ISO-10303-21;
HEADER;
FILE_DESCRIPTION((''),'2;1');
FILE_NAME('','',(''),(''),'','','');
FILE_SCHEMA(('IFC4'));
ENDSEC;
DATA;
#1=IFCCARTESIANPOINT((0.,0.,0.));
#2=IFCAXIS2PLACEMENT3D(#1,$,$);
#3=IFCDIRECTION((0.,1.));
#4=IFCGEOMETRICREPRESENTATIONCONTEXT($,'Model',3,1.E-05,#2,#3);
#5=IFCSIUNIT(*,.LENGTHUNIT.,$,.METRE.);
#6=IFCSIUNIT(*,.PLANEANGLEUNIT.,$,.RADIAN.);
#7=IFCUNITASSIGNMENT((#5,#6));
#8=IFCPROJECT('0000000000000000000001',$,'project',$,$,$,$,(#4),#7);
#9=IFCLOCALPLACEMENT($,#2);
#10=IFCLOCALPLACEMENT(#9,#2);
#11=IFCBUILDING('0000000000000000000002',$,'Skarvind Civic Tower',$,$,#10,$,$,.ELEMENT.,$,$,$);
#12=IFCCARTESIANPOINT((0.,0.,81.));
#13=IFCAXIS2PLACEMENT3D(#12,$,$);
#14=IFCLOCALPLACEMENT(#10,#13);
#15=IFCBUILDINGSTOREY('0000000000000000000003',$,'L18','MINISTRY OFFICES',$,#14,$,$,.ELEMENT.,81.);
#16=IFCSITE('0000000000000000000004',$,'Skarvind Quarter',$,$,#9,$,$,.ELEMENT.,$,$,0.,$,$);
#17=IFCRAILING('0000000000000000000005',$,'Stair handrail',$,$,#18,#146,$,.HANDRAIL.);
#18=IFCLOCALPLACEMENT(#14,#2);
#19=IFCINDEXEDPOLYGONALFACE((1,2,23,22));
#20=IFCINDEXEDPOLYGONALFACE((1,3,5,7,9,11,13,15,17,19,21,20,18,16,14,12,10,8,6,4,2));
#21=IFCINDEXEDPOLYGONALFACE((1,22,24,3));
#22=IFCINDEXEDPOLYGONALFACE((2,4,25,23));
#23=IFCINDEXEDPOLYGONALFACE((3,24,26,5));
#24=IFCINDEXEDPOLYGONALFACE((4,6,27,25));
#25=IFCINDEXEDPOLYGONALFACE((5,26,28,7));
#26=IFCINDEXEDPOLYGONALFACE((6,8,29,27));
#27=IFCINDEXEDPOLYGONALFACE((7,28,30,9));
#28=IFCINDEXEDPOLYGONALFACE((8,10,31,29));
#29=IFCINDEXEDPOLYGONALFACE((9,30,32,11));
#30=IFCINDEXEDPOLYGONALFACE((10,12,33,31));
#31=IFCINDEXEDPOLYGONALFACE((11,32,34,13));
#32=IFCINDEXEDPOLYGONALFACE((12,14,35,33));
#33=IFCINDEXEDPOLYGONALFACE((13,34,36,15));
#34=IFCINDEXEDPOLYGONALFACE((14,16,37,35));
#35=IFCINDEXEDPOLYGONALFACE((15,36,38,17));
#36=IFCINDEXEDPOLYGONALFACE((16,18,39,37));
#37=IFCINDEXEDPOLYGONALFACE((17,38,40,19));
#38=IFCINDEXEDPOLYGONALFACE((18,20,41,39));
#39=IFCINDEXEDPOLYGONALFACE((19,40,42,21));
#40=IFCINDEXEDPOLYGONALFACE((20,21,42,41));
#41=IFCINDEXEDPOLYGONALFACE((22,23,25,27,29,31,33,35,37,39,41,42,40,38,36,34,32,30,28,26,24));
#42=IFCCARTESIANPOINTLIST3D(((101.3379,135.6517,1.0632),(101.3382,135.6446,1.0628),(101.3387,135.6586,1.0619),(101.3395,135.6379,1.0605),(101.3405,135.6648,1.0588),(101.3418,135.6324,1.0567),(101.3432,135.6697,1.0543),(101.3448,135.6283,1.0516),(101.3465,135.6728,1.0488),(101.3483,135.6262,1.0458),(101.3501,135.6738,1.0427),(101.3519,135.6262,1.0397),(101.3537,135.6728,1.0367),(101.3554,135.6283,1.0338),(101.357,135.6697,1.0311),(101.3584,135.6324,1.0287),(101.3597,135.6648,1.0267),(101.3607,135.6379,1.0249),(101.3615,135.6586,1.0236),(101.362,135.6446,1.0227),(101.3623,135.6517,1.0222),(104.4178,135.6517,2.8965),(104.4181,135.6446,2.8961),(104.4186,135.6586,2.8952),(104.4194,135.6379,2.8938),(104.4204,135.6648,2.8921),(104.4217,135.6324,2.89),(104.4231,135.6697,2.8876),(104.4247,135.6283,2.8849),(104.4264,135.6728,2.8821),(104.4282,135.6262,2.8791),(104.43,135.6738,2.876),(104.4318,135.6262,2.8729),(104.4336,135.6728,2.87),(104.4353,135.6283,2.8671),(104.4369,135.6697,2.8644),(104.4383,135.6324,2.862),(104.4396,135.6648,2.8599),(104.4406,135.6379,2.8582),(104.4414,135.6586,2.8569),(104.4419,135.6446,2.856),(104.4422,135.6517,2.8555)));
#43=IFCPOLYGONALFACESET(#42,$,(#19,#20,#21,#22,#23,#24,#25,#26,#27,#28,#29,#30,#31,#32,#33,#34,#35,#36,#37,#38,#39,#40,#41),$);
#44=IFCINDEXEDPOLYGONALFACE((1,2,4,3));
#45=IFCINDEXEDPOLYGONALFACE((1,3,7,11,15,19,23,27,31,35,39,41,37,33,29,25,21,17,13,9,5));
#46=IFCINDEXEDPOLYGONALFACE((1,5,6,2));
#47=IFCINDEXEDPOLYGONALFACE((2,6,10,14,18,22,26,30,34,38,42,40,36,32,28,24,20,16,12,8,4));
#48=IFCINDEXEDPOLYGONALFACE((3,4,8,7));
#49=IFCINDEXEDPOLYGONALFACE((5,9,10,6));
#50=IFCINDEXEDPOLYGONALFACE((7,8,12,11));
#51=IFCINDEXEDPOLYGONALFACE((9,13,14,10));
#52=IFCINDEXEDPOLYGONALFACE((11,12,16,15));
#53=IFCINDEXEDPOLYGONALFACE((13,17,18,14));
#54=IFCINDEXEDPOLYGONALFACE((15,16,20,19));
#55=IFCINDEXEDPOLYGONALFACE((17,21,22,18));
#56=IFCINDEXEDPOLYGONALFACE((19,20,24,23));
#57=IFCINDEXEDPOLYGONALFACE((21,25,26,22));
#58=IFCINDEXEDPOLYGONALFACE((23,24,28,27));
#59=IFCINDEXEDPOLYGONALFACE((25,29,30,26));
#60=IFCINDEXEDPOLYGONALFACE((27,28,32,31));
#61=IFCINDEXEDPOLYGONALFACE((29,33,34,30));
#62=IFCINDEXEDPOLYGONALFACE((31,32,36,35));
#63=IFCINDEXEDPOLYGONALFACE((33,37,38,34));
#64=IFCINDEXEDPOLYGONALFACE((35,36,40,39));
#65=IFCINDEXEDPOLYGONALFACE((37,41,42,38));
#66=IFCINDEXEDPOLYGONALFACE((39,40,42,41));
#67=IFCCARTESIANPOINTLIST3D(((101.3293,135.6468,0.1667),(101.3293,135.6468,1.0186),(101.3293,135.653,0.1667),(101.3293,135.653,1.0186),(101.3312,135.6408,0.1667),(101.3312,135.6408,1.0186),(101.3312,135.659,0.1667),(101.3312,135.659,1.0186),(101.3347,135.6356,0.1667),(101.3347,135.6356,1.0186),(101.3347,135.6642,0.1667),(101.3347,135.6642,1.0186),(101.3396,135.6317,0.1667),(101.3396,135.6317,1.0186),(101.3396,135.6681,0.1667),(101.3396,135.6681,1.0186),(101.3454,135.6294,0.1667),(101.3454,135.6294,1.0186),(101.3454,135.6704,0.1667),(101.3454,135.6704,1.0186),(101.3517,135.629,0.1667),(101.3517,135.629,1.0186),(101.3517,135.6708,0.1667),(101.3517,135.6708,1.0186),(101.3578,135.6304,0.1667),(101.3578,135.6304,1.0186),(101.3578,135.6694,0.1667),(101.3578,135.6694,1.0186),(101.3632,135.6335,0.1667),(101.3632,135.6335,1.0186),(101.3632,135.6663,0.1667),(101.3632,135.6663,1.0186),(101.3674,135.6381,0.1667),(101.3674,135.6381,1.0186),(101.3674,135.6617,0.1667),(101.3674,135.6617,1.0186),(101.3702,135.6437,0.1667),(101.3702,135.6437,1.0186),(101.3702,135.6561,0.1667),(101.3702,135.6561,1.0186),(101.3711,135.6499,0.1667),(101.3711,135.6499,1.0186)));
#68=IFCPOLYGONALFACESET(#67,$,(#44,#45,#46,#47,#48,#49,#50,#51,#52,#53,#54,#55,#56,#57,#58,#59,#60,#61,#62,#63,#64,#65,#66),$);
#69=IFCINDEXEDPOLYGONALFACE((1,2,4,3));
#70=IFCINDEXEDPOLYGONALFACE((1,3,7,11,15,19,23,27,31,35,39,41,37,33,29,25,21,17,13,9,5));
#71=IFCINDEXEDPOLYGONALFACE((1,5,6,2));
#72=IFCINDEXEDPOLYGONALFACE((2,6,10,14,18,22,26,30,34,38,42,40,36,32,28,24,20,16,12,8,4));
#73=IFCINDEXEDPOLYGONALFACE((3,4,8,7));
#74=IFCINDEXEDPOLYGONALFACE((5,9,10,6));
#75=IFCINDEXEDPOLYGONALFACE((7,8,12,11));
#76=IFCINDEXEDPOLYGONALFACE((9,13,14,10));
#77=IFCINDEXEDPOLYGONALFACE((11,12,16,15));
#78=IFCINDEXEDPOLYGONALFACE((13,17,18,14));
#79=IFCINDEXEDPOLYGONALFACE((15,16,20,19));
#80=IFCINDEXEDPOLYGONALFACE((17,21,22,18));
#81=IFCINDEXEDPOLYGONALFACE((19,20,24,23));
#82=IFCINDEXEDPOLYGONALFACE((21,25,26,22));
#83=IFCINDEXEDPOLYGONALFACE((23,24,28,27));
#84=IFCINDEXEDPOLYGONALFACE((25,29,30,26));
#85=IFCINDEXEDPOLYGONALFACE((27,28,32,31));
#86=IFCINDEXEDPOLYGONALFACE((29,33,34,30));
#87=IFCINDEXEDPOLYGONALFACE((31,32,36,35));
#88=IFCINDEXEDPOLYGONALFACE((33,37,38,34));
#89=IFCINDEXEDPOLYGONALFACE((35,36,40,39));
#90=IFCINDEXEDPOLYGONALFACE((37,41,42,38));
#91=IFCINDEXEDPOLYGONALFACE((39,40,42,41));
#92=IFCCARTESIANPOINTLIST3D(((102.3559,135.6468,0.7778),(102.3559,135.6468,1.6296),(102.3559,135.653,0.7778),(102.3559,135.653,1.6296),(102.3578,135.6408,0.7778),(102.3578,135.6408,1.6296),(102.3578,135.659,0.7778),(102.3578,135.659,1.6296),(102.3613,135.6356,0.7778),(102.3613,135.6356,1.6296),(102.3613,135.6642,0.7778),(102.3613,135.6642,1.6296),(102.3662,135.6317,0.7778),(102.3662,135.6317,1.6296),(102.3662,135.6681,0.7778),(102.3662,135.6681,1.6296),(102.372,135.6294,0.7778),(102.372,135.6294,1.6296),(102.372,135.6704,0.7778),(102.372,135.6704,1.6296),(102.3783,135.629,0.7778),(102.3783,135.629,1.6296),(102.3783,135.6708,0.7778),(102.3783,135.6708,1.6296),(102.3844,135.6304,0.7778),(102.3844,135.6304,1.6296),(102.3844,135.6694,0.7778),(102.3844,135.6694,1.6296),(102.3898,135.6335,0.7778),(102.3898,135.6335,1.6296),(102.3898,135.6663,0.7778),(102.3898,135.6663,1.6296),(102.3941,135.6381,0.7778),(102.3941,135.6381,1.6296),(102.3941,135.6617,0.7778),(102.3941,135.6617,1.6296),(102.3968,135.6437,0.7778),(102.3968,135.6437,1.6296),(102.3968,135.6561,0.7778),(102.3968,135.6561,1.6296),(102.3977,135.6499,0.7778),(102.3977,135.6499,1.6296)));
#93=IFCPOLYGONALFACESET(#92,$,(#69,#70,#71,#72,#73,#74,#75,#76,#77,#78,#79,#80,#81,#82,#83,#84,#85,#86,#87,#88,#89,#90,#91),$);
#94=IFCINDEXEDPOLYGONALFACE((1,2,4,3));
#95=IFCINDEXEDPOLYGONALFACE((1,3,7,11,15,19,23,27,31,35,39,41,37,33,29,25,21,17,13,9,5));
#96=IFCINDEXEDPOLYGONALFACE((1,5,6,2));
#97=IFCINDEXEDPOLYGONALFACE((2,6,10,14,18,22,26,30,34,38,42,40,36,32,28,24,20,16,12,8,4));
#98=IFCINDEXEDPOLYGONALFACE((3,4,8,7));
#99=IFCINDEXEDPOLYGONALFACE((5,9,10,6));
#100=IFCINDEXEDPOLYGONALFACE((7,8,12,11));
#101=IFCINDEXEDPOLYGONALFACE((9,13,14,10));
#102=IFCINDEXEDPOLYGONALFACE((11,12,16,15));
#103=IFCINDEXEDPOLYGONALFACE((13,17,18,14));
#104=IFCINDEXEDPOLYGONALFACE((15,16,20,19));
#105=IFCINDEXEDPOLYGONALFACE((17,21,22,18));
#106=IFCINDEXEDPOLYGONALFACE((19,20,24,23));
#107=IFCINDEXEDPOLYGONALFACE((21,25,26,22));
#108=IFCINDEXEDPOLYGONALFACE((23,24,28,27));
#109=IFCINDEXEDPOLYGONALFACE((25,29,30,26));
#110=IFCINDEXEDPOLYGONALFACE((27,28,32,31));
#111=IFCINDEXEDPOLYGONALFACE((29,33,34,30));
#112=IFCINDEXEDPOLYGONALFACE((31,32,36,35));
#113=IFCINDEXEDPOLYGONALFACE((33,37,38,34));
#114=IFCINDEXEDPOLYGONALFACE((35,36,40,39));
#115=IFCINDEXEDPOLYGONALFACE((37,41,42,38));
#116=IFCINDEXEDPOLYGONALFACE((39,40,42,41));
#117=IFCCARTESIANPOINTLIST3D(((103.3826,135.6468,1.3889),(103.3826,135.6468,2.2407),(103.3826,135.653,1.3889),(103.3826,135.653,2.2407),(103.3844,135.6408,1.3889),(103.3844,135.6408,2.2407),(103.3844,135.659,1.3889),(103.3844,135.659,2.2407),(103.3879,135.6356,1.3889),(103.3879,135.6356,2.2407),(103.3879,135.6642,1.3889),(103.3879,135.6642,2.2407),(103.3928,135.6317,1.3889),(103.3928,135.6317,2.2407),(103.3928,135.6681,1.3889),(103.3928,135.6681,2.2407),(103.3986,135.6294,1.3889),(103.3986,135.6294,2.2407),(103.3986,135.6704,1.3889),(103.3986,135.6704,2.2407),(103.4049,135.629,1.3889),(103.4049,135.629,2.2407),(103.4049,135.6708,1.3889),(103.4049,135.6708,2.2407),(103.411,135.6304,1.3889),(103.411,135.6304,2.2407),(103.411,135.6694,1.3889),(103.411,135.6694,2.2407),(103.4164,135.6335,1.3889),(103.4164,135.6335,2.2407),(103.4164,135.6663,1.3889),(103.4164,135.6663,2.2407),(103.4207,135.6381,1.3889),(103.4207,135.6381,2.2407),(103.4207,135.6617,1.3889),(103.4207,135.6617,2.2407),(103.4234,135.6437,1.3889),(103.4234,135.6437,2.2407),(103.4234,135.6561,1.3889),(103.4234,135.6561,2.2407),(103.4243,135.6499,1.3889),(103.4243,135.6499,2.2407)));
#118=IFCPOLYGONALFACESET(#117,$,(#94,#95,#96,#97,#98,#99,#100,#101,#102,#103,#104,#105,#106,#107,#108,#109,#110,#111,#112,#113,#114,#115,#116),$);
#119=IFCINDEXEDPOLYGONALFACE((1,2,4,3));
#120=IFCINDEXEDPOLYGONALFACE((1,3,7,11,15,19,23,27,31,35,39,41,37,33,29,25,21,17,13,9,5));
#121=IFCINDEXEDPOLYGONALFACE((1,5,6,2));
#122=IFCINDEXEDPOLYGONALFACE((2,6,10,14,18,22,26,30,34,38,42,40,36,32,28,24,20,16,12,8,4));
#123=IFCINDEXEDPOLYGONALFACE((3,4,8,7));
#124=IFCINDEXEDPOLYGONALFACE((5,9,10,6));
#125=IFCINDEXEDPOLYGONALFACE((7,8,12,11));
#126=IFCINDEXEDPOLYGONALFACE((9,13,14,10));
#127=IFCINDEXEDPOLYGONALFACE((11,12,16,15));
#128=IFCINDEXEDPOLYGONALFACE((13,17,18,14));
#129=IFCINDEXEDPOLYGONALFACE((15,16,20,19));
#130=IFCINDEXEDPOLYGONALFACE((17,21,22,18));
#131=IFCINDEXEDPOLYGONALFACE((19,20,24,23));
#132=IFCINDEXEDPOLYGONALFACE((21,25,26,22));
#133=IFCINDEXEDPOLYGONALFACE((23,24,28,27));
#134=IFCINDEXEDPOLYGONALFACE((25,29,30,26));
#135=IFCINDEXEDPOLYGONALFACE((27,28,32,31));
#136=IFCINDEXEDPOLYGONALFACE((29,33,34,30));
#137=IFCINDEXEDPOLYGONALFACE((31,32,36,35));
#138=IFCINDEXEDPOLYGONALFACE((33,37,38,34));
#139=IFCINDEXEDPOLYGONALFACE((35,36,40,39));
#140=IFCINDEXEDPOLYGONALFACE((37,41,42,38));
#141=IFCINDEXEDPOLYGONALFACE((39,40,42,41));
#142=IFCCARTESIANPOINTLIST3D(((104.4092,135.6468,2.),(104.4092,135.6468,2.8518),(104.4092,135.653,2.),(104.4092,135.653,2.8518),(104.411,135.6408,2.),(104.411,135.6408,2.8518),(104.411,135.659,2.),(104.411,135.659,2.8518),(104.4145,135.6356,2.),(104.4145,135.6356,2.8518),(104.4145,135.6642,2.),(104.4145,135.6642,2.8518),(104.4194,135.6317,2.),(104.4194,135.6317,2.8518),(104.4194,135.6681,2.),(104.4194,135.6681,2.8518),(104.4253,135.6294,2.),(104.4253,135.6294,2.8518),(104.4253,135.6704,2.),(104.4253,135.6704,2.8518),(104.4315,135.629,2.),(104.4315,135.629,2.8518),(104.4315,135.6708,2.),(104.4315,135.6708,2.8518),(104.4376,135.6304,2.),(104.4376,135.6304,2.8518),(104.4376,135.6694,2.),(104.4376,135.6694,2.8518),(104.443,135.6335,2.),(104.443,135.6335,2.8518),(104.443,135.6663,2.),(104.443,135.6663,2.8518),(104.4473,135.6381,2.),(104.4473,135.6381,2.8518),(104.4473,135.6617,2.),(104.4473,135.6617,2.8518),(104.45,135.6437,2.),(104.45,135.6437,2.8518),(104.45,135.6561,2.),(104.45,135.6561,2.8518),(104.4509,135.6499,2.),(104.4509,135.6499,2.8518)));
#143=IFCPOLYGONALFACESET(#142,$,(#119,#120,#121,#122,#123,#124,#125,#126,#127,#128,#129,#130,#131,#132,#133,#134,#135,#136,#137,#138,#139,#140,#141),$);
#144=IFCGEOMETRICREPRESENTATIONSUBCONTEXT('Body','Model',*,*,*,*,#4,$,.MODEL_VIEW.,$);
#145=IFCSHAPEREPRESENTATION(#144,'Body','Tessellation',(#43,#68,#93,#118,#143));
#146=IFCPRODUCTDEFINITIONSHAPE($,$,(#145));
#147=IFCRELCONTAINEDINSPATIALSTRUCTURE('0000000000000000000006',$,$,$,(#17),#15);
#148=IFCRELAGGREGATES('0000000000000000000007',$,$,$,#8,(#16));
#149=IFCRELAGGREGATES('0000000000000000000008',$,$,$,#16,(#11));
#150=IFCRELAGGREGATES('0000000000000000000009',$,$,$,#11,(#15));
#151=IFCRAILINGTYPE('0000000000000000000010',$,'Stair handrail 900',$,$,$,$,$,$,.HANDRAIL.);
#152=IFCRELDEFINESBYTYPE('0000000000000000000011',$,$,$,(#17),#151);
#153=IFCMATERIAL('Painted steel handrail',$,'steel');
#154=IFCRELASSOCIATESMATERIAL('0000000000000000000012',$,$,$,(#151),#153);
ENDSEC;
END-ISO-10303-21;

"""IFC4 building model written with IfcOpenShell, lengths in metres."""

from ifc_helpers import new_model, si_unit, direction, frame, origin, origin_2d, place, context, subcontext, project, spatial, circle, extrude, material, type_object, element, save


model = new_model("IFC4")

# Units and contexts
model_context = context("Model", 3, precision=1e-05, world=origin(), true_north=direction((0.0, 1.0)))
body_context = subcontext(model_context, "Body", "Model", "MODEL_VIEW")
ifc_project = project(units=[si_unit("LENGTHUNIT", "METRE"), si_unit("PLANEANGLEUNIT", "RADIAN")], contexts=[model_context])

# Site, building, storey
site_placement = place(None, origin())
site = spatial("IfcSite", under=ifc_project, at=site_placement, Name="Skarvind Quarter", CompositionType="ELEMENT", RefElevation=0.0)
building_placement = place(site_placement, origin())
building = spatial("IfcBuilding", under=site, at=building_placement, Name="Skarvind Civic Tower", CompositionType="ELEMENT")
storey_placement = place(building_placement, frame((0.0, 0.0, 81.0)))
storey = spatial("IfcBuildingStorey", under=building, at=storey_placement, Name="L18", Description="MINISTRY OFFICES", CompositionType="ELEMENT", Elevation=81.0)

# Railing
ifc_material_1 = material(Name="Painted steel handrail", Category="steel")
railing_type = type_object("IfcRailingType", Name="Stair handrail 900", PredefinedType="HANDRAIL", material=ifc_material_1)
for number, where, name in (
    (1, (101.3501, 135.6499, 0.1667), "Stair handrail"),
):
    element("IfcRailing", number, at=place(storey_placement, frame(where)), inside=storey, type_object=railing_type, Name=name, PredefinedType="HANDRAIL", context=body_context, shape_type="SweptSolid", body=[
        extrude(circle(Radius=0.0239, at=origin_2d()), frame((0.0, 0.0, 0.876), z_axis=(0.859291, 0.0, 0.511487), x_axis=(0.0, 1.0, 0.0)), (0.0, 0.0, 1.0), 3.5842),
        extrude(circle(Radius=0.021, at=origin_2d()), origin(), (0.0, 0.0, 1.0), 0.8518),
        extrude(circle(Radius=0.021, at=origin_2d()), frame((1.0266, 0.0, 0.6111)), (0.0, 0.0, 1.0), 0.8518),
        extrude(circle(Radius=0.021, at=origin_2d()), frame((2.0532, 0.0, 1.2222)), (0.0, 0.0, 1.0), 0.8518),
        extrude(circle(Radius=0.021, at=origin_2d()), frame((3.0798, 0.0, 1.8333)), (0.0, 0.0, 1.0), 0.8518),
    ])

save(model, "model.ifc")
